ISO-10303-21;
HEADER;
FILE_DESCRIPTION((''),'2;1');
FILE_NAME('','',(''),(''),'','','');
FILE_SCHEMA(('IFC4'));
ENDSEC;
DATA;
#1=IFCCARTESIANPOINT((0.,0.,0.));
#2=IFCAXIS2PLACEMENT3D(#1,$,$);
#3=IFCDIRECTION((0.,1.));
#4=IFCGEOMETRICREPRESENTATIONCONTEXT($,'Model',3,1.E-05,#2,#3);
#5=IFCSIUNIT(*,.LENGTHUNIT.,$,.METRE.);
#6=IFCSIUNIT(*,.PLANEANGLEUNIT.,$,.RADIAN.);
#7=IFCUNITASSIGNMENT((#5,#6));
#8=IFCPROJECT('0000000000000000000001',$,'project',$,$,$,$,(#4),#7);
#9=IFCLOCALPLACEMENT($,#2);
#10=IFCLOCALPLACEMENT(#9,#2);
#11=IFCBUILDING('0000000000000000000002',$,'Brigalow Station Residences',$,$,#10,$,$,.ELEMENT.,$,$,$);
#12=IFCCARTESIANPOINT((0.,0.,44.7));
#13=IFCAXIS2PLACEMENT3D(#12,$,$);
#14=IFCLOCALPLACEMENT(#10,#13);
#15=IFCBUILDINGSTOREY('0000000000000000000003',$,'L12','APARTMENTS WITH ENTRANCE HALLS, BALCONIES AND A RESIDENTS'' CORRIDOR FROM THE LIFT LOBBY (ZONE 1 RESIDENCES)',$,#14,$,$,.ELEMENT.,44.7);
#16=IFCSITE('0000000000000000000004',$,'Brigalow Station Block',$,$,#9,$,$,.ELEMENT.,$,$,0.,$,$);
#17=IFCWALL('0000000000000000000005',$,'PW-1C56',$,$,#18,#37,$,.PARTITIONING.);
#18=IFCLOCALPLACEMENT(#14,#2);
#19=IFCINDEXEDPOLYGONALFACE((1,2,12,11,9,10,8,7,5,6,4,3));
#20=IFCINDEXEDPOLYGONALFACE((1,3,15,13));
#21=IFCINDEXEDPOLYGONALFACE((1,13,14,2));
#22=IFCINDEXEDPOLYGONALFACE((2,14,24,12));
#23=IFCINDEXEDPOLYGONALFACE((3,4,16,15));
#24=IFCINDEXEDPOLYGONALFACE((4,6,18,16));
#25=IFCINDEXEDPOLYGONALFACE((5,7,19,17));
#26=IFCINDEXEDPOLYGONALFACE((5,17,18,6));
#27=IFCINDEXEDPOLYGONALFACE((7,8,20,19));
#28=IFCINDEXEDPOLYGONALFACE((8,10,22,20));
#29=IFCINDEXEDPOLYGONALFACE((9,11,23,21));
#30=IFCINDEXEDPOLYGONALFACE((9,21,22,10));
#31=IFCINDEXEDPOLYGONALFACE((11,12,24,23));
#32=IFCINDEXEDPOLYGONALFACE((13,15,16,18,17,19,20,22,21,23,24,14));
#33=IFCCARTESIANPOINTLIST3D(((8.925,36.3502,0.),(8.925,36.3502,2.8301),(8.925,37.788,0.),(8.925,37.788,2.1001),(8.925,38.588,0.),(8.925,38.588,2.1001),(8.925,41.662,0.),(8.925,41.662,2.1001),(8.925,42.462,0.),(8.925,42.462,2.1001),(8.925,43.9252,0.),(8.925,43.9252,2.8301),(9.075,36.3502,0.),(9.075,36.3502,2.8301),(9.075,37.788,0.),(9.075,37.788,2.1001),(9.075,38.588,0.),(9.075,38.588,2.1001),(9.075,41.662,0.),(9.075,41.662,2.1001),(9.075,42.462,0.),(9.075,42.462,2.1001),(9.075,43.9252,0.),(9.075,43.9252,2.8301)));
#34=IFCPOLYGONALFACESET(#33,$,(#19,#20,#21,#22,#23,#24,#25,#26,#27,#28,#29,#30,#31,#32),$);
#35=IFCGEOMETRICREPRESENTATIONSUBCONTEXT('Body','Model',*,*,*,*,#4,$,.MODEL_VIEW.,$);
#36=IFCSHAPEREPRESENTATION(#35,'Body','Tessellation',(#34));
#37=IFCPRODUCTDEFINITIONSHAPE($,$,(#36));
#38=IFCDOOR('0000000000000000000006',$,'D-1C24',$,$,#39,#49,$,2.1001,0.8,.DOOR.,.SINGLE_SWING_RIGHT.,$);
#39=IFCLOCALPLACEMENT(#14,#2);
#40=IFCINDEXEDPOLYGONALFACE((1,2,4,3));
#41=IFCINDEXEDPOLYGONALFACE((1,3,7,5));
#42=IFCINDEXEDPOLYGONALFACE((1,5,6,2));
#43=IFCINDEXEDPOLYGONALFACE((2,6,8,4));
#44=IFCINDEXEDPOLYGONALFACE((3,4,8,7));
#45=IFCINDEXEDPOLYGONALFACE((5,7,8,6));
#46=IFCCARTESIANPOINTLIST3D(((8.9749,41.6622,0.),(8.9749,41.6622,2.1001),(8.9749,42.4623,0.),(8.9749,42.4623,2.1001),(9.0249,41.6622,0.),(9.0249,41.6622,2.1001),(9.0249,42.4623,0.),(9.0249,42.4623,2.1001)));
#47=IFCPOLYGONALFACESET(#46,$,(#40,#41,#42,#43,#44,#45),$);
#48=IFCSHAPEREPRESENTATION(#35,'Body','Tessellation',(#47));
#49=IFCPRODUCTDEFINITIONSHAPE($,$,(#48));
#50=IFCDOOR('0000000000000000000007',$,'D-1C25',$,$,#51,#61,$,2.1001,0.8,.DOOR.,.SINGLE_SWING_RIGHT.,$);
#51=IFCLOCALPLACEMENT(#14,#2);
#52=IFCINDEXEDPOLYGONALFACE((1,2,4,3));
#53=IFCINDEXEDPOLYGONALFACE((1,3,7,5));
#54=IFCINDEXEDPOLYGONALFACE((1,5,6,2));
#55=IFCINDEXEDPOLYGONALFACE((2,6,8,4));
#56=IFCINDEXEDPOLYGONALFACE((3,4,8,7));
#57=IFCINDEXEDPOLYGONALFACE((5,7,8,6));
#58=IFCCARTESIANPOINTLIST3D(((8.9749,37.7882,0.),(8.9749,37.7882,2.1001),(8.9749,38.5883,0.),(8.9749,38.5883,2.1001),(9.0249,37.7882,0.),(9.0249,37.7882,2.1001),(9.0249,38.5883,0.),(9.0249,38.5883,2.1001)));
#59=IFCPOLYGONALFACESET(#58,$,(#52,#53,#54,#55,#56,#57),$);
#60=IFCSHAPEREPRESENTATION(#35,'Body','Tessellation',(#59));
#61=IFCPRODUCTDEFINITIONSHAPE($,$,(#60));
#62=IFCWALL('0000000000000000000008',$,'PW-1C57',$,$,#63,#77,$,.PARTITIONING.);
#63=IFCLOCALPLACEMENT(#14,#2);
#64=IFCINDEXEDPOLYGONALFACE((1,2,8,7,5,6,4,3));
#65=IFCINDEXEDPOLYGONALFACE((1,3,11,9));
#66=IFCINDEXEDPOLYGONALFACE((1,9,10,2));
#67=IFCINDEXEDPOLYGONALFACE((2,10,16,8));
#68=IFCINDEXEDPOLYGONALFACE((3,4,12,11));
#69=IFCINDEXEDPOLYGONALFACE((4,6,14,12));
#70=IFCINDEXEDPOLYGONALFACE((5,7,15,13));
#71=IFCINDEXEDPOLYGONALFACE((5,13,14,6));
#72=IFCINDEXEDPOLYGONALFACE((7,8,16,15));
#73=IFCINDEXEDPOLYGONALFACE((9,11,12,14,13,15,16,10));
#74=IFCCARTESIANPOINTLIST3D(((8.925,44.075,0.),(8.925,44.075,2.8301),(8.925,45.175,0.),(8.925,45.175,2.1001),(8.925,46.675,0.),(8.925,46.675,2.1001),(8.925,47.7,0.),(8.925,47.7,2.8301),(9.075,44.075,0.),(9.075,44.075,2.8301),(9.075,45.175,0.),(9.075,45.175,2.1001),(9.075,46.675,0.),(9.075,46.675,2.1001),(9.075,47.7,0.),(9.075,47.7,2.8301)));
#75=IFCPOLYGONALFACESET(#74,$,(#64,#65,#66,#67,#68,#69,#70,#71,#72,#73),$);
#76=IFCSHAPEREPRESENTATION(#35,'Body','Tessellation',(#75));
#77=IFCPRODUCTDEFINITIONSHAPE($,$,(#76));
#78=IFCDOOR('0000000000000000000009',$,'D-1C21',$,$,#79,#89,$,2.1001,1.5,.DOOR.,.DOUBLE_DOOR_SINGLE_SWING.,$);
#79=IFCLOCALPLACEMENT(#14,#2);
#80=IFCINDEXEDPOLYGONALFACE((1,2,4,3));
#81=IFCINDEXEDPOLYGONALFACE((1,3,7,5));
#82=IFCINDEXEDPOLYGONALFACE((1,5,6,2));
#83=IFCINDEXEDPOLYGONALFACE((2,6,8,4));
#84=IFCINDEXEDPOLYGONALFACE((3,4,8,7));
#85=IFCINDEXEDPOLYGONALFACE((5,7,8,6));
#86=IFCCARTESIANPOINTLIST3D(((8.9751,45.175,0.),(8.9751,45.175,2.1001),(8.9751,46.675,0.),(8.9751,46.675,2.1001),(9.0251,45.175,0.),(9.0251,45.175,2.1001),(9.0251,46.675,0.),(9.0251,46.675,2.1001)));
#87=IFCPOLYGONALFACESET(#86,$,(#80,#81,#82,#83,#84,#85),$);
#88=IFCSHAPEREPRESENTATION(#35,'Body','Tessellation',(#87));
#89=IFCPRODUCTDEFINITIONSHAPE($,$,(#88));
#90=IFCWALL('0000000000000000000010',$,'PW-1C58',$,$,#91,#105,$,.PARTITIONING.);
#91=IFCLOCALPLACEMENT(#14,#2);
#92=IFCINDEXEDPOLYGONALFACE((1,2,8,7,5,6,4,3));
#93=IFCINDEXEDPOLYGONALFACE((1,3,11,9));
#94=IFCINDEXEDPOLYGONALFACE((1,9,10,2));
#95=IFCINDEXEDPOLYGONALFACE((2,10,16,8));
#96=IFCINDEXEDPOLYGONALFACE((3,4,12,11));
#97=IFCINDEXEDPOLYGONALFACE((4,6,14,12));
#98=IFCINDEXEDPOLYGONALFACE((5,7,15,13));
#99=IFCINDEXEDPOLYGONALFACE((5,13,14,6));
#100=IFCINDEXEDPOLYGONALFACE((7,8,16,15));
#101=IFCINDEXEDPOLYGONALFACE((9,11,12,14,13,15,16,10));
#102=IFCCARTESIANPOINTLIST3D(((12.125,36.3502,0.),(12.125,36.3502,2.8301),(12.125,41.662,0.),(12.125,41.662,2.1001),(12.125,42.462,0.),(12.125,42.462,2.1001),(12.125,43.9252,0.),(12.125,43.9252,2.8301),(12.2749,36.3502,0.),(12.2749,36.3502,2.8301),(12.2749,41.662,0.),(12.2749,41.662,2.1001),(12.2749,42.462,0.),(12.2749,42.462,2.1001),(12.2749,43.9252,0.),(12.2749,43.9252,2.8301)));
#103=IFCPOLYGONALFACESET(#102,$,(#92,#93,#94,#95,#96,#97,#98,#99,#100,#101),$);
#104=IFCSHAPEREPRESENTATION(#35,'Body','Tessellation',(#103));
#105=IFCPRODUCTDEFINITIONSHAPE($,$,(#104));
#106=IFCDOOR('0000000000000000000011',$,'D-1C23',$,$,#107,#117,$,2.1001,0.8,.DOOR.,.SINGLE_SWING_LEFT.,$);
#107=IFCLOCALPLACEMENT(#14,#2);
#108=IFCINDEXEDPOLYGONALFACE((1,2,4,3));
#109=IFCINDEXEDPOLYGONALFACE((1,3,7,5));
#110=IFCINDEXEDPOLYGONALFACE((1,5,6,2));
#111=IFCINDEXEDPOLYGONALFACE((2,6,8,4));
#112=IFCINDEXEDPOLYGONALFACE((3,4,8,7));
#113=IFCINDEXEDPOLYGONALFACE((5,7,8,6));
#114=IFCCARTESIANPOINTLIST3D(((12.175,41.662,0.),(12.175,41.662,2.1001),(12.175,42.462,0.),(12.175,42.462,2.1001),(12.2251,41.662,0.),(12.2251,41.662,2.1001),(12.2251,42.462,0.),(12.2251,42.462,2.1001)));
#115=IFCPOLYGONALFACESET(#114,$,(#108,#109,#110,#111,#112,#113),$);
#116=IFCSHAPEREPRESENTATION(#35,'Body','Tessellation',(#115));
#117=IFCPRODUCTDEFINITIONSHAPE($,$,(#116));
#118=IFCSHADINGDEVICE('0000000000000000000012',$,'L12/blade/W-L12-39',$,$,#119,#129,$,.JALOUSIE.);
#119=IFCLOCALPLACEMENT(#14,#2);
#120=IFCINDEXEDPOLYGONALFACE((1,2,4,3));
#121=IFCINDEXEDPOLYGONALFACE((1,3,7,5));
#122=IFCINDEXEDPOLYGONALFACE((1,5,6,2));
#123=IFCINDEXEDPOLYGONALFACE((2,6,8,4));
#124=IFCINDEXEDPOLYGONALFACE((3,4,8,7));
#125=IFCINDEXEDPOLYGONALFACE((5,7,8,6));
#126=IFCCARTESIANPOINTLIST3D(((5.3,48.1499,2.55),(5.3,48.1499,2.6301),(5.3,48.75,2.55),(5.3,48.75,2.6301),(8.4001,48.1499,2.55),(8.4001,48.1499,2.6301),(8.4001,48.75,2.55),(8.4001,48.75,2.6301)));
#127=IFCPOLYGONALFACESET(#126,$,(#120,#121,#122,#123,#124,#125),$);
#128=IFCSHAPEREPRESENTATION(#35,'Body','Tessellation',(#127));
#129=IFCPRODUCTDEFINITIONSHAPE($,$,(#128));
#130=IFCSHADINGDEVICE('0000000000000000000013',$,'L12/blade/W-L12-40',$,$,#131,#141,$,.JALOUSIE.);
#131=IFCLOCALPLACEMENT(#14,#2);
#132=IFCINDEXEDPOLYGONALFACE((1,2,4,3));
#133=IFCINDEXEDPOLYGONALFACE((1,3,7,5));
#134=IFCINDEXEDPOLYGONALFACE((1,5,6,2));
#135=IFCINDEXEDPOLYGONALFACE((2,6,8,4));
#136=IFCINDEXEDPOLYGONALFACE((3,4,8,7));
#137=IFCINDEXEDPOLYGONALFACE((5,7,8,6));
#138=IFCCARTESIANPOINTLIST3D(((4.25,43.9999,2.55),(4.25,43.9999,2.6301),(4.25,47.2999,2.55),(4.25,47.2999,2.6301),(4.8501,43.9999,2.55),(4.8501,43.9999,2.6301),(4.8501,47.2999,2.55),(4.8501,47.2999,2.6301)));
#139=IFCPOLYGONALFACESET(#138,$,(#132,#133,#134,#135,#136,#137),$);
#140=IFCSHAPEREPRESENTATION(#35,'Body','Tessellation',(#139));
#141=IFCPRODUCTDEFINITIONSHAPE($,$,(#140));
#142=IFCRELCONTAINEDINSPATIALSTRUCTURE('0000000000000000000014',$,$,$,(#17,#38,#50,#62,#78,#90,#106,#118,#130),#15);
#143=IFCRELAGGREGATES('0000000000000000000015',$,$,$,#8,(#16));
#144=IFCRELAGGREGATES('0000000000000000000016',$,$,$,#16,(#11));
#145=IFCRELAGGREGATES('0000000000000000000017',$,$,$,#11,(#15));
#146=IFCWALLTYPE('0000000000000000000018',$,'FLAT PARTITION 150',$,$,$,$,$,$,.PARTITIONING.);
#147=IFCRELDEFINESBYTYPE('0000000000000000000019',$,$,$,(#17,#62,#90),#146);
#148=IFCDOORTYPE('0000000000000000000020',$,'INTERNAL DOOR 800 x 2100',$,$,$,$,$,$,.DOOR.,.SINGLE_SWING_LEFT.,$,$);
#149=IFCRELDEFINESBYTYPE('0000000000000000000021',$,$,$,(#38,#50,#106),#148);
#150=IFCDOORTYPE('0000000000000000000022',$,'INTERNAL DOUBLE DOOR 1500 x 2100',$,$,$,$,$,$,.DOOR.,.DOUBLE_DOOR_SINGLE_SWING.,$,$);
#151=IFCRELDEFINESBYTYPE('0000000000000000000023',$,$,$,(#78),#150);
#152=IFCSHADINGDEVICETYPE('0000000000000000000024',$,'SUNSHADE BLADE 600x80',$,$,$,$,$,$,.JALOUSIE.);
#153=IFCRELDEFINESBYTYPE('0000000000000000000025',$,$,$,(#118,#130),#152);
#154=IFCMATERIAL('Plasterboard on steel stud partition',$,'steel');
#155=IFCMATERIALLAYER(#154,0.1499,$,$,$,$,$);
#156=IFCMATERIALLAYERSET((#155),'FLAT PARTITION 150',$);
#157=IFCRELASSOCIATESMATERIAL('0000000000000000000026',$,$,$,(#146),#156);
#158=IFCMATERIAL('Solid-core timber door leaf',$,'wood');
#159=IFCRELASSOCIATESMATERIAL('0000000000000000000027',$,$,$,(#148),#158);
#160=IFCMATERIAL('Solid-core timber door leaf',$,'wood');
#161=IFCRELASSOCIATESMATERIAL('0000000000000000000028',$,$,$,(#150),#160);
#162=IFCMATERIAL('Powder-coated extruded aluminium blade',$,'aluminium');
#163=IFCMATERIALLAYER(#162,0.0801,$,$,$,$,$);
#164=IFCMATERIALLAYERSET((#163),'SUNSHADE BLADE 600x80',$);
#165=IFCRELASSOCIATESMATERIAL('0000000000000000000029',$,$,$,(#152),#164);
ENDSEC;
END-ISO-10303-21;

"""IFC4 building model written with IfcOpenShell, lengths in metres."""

from ifc_helpers import new_model, si_unit, direction, frame, frame_2d, origin, origin_2d, place, context, subcontext, project, spatial, rectangle, extrude, material, layer, layer_set, type_object, element, fill, save


model = new_model("IFC4")

# Units and contexts
model_context = context("Model", 3, precision=1e-05, world=origin(), true_north=direction((0.0, 1.0)))
body_context = subcontext(model_context, "Body", "Model", "MODEL_VIEW")
ifc_project = project(units=[si_unit("LENGTHUNIT", "METRE"), si_unit("PLANEANGLEUNIT", "RADIAN")], contexts=[model_context])

# Site, building, storey
site_placement = place(None, origin())
site = spatial("IfcSite", under=ifc_project, at=site_placement, Name="Brigalow Station Block", CompositionType="ELEMENT", RefElevation=0.0)
building_placement = place(site_placement, origin())
building = spatial("IfcBuilding", under=site, at=building_placement, Name="Brigalow Station Residences", CompositionType="ELEMENT")
storey_placement = place(building_placement, frame((0.0, 0.0, 44.7)))
storey = spatial("IfcBuildingStorey", under=building, at=storey_placement, Name="L12", Description="APARTMENTS WITH ENTRANCE HALLS, BALCONIES AND A RESIDENTS' CORRIDOR FROM THE LIFT LOBBY (ZONE 1 RESIDENCES)", CompositionType="ELEMENT", Elevation=44.7)

# Shared definitions
ifc_material_1 = material(Name="Plasterboard on steel stud partition", Category="steel")
ifc_layer_1 = layer(ifc_material_1, 0.1499)
ifc_layer_set_1 = layer_set([ifc_layer_1], Name="FLAT PARTITION 150")
wall_type_1 = type_object("IfcWallType", Name="FLAT PARTITION 150", PredefinedType="PARTITIONING", material=ifc_layer_set_1)

# Shared definitions
ifc_material_2 = material(Name="Solid-core timber door leaf", Category="wood")
door_type_1 = type_object("IfcDoorType", Name="INTERNAL DOOR 800 x 2100", OperationType="SINGLE_SWING_LEFT", PredefinedType="DOOR", material=ifc_material_2)

# Wall, openings, doors
wall_1_placement = place(storey_placement, frame((9.0, 36.3501, 0.0), z_axis=(0.0, 0.0, 1.0), x_axis=(0.0, 1.0, 0.0)))
wall_1 = element("IfcWall", 1, at=wall_1_placement, inside=storey, type_object=wall_type_1, Name="PW-1C56", PredefinedType="PARTITIONING", context=body_context, shape_type="SweptSolid", body=[
    extrude(rectangle(XDim=7.575, YDim=0.1499, at=frame_2d((3.7876, 0.0))), origin(), (0.0, 0.0, 1.0), 2.8301),
])
opening_1_placement = place(wall_1_placement, frame((5.312, 0.0, 0.0)))
opening_1 = element("IfcOpeningElement", 2, at=opening_1_placement, cuts=wall_1, PredefinedType="OPENING", context=body_context, shape_type="SweptSolid", body=[
    extrude(rectangle(XDim=0.8, YDim=2.1001, at=frame_2d((0.3999, 1.05))), frame((0.0, 0.085, 0.0), z_axis=(0.0, -1.0, 0.0), x_axis=(1.0, 0.0, 0.0)), (0.0, 0.0, 1.0), 0.1699),
])
opening_2_placement = place(wall_1_placement, frame((1.438, 0.0, 0.0)))
opening_2 = element("IfcOpeningElement", 3, at=opening_2_placement, cuts=wall_1, PredefinedType="OPENING", context=body_context, shape_type="SweptSolid", body=[
    extrude(rectangle(XDim=0.8, YDim=2.1001, at=frame_2d((0.3999, 1.05))), frame((0.0, 0.085, 0.0), z_axis=(0.0, -1.0, 0.0), x_axis=(1.0, 0.0, 0.0)), (0.0, 0.0, 1.0), 0.1699),
])
door_1_placement = place(opening_1_placement, frame((0.8, 0.0, 0.0), z_axis=(0.0, 0.0, 1.0), x_axis=(-1.0, 0.0, 0.0)))
door_1 = element("IfcDoor", 4, at=door_1_placement, inside=storey, type_object=door_type_1, Name="D-1C24", OperationType="SINGLE_SWING_RIGHT", OverallHeight=2.1001, OverallWidth=0.8, PredefinedType="DOOR", context=body_context, shape_type="SweptSolid", body=[
    extrude(rectangle(XDim=0.8, YDim=2.1001, at=frame_2d((0.3999, 1.05))), frame((0.0, 0.0249, 0.0), z_axis=(0.0, -1.0, 0.0), x_axis=(1.0, 0.0, 0.0)), (0.0, 0.0, 1.0), 0.05),
])
fill(opening_1, door_1)
door_2_placement = place(opening_2_placement, frame((0.8, 0.0, 0.0), z_axis=(0.0, 0.0, 1.0), x_axis=(-1.0, 0.0, 0.0)))
door_2 = element("IfcDoor", 5, at=door_2_placement, inside=storey, type_object=door_type_1, Name="D-1C25", OperationType="SINGLE_SWING_RIGHT", OverallHeight=2.1001, OverallWidth=0.8, PredefinedType="DOOR", context=body_context, shape_type="SweptSolid", body=[
    extrude(rectangle(XDim=0.8, YDim=2.1001, at=frame_2d((0.3999, 1.05))), frame((0.0, 0.0249, 0.0), z_axis=(0.0, -1.0, 0.0), x_axis=(1.0, 0.0, 0.0)), (0.0, 0.0, 1.0), 0.05),
])
fill(opening_2, door_2)

# Walls, openings, doors
wall_2_placement = place(storey_placement, frame((9.0, 44.075, 0.0), z_axis=(0.0, 0.0, 1.0), x_axis=(0.0, 1.0, 0.0)))
wall_2 = element("IfcWall", 6, at=wall_2_placement, inside=storey, type_object=wall_type_1, Name="PW-1C57", PredefinedType="PARTITIONING", context=body_context, shape_type="SweptSolid", body=[
    extrude(rectangle(XDim=3.625, YDim=0.1499, at=frame_2d((1.8125, 0.0))), origin(), (0.0, 0.0, 1.0), 2.8301),
])
opening_3_placement = place(wall_2_placement, frame((1.1001, 0.0, 0.0)))
opening_3 = element("IfcOpeningElement", 7, at=opening_3_placement, cuts=wall_2, PredefinedType="OPENING", context=body_context, shape_type="SweptSolid", body=[
    extrude(rectangle(XDim=1.5, YDim=2.1001, at=frame_2d((0.75, 1.05))), frame((0.0, 0.085, 0.0), z_axis=(0.0, -1.0, 0.0), x_axis=(1.0, 0.0, 0.0)), (0.0, 0.0, 1.0), 0.1699),
])
ifc_material_3 = material(Name="Solid-core timber door leaf", Category="wood")
door_type_2 = type_object("IfcDoorType", Name="INTERNAL DOUBLE DOOR 1500 x 2100", OperationType="DOUBLE_DOOR_SINGLE_SWING", PredefinedType="DOOR", material=ifc_material_3)
door_3_placement = place(opening_3_placement, origin())
door_3 = element("IfcDoor", 8, at=door_3_placement, inside=storey, type_object=door_type_2, Name="D-1C21", OperationType="DOUBLE_DOOR_SINGLE_SWING", OverallHeight=2.1001, OverallWidth=1.5, PredefinedType="DOOR", context=body_context, shape_type="SweptSolid", body=[
    extrude(rectangle(XDim=1.5, YDim=2.1001, at=frame_2d((0.75, 1.05))), frame((0.0, 0.0249, 0.0), z_axis=(0.0, -1.0, 0.0), x_axis=(1.0, 0.0, 0.0)), (0.0, 0.0, 1.0), 0.05),
])
fill(opening_3, door_3)
wall_3_placement = place(storey_placement, frame((12.2, 36.3501, 0.0), z_axis=(0.0, 0.0, 1.0), x_axis=(0.0, 1.0, 0.0)))
wall_3 = element("IfcWall", 9, at=wall_3_placement, inside=storey, type_object=wall_type_1, Name="PW-1C58", PredefinedType="PARTITIONING", context=body_context, shape_type="SweptSolid", body=[
    extrude(rectangle(XDim=7.575, YDim=0.1499, at=frame_2d((3.7876, 0.0))), origin(), (0.0, 0.0, 1.0), 2.8301),
])
opening_4_placement = place(wall_3_placement, frame((5.312, 0.0, 0.0)))
opening_4 = element("IfcOpeningElement", 10, at=opening_4_placement, cuts=wall_3, PredefinedType="OPENING", context=body_context, shape_type="SweptSolid", body=[
    extrude(rectangle(XDim=0.8, YDim=2.1001, at=frame_2d((0.3999, 1.05))), frame((0.0, 0.085, 0.0), z_axis=(0.0, -1.0, 0.0), x_axis=(1.0, 0.0, 0.0)), (0.0, 0.0, 1.0), 0.1699),
])
door_4_placement = place(opening_4_placement, origin())
door_4 = element("IfcDoor", 11, at=door_4_placement, inside=storey, type_object=door_type_1, Name="D-1C23", OperationType="SINGLE_SWING_LEFT", OverallHeight=2.1001, OverallWidth=0.8, PredefinedType="DOOR", context=body_context, shape_type="SweptSolid", body=[
    extrude(rectangle(XDim=0.8, YDim=2.1001, at=frame_2d((0.3999, 1.05))), frame((0.0, 0.0249, 0.0), z_axis=(0.0, -1.0, 0.0), x_axis=(1.0, 0.0, 0.0)), (0.0, 0.0, 1.0), 0.05),
])
fill(opening_4, door_4)

# Shading devices
ifc_material_4 = material(Name="Powder-coated extruded aluminium blade", Category="aluminium")
ifc_layer_2 = layer(ifc_material_4, 0.0801)
ifc_layer_set_2 = layer_set([ifc_layer_2], Name="SUNSHADE BLADE 600x80")
shading_device_type = type_object("IfcShadingDeviceType", Name="SUNSHADE BLADE 600x80", PredefinedType="JALOUSIE", material=ifc_layer_set_2)
shading_device_1_placement = place(storey_placement, frame((6.8501, 48.45, 2.55), z_axis=(0.0, 0.0, 1.0), x_axis=(-1.0, 0.0, 0.0)))
element("IfcShadingDevice", 12, at=shading_device_1_placement, inside=storey, type_object=shading_device_type, Name="L12/blade/W-L12-39", PredefinedType="JALOUSIE", context=body_context, shape_type="SweptSolid", body=[
    extrude(rectangle(XDim=3.1001, YDim=0.6001, at=origin_2d()), origin(), (0.0, 0.0, 1.0), 0.0801),
])
shading_device_2_placement = place(storey_placement, frame((4.55, 45.6499, 2.55), z_axis=(0.0, 0.0, 1.0), x_axis=(0.0, -1.0, 0.0)))
element("IfcShadingDevice", 13, at=shading_device_2_placement, inside=storey, type_object=shading_device_type, Name="L12/blade/W-L12-40", PredefinedType="JALOUSIE", context=body_context, shape_type="SweptSolid", body=[
    extrude(rectangle(XDim=3.3, YDim=0.6001, at=origin_2d()), origin(), (0.0, 0.0, 1.0), 0.0801),
])

save(model, "model.ifc")
